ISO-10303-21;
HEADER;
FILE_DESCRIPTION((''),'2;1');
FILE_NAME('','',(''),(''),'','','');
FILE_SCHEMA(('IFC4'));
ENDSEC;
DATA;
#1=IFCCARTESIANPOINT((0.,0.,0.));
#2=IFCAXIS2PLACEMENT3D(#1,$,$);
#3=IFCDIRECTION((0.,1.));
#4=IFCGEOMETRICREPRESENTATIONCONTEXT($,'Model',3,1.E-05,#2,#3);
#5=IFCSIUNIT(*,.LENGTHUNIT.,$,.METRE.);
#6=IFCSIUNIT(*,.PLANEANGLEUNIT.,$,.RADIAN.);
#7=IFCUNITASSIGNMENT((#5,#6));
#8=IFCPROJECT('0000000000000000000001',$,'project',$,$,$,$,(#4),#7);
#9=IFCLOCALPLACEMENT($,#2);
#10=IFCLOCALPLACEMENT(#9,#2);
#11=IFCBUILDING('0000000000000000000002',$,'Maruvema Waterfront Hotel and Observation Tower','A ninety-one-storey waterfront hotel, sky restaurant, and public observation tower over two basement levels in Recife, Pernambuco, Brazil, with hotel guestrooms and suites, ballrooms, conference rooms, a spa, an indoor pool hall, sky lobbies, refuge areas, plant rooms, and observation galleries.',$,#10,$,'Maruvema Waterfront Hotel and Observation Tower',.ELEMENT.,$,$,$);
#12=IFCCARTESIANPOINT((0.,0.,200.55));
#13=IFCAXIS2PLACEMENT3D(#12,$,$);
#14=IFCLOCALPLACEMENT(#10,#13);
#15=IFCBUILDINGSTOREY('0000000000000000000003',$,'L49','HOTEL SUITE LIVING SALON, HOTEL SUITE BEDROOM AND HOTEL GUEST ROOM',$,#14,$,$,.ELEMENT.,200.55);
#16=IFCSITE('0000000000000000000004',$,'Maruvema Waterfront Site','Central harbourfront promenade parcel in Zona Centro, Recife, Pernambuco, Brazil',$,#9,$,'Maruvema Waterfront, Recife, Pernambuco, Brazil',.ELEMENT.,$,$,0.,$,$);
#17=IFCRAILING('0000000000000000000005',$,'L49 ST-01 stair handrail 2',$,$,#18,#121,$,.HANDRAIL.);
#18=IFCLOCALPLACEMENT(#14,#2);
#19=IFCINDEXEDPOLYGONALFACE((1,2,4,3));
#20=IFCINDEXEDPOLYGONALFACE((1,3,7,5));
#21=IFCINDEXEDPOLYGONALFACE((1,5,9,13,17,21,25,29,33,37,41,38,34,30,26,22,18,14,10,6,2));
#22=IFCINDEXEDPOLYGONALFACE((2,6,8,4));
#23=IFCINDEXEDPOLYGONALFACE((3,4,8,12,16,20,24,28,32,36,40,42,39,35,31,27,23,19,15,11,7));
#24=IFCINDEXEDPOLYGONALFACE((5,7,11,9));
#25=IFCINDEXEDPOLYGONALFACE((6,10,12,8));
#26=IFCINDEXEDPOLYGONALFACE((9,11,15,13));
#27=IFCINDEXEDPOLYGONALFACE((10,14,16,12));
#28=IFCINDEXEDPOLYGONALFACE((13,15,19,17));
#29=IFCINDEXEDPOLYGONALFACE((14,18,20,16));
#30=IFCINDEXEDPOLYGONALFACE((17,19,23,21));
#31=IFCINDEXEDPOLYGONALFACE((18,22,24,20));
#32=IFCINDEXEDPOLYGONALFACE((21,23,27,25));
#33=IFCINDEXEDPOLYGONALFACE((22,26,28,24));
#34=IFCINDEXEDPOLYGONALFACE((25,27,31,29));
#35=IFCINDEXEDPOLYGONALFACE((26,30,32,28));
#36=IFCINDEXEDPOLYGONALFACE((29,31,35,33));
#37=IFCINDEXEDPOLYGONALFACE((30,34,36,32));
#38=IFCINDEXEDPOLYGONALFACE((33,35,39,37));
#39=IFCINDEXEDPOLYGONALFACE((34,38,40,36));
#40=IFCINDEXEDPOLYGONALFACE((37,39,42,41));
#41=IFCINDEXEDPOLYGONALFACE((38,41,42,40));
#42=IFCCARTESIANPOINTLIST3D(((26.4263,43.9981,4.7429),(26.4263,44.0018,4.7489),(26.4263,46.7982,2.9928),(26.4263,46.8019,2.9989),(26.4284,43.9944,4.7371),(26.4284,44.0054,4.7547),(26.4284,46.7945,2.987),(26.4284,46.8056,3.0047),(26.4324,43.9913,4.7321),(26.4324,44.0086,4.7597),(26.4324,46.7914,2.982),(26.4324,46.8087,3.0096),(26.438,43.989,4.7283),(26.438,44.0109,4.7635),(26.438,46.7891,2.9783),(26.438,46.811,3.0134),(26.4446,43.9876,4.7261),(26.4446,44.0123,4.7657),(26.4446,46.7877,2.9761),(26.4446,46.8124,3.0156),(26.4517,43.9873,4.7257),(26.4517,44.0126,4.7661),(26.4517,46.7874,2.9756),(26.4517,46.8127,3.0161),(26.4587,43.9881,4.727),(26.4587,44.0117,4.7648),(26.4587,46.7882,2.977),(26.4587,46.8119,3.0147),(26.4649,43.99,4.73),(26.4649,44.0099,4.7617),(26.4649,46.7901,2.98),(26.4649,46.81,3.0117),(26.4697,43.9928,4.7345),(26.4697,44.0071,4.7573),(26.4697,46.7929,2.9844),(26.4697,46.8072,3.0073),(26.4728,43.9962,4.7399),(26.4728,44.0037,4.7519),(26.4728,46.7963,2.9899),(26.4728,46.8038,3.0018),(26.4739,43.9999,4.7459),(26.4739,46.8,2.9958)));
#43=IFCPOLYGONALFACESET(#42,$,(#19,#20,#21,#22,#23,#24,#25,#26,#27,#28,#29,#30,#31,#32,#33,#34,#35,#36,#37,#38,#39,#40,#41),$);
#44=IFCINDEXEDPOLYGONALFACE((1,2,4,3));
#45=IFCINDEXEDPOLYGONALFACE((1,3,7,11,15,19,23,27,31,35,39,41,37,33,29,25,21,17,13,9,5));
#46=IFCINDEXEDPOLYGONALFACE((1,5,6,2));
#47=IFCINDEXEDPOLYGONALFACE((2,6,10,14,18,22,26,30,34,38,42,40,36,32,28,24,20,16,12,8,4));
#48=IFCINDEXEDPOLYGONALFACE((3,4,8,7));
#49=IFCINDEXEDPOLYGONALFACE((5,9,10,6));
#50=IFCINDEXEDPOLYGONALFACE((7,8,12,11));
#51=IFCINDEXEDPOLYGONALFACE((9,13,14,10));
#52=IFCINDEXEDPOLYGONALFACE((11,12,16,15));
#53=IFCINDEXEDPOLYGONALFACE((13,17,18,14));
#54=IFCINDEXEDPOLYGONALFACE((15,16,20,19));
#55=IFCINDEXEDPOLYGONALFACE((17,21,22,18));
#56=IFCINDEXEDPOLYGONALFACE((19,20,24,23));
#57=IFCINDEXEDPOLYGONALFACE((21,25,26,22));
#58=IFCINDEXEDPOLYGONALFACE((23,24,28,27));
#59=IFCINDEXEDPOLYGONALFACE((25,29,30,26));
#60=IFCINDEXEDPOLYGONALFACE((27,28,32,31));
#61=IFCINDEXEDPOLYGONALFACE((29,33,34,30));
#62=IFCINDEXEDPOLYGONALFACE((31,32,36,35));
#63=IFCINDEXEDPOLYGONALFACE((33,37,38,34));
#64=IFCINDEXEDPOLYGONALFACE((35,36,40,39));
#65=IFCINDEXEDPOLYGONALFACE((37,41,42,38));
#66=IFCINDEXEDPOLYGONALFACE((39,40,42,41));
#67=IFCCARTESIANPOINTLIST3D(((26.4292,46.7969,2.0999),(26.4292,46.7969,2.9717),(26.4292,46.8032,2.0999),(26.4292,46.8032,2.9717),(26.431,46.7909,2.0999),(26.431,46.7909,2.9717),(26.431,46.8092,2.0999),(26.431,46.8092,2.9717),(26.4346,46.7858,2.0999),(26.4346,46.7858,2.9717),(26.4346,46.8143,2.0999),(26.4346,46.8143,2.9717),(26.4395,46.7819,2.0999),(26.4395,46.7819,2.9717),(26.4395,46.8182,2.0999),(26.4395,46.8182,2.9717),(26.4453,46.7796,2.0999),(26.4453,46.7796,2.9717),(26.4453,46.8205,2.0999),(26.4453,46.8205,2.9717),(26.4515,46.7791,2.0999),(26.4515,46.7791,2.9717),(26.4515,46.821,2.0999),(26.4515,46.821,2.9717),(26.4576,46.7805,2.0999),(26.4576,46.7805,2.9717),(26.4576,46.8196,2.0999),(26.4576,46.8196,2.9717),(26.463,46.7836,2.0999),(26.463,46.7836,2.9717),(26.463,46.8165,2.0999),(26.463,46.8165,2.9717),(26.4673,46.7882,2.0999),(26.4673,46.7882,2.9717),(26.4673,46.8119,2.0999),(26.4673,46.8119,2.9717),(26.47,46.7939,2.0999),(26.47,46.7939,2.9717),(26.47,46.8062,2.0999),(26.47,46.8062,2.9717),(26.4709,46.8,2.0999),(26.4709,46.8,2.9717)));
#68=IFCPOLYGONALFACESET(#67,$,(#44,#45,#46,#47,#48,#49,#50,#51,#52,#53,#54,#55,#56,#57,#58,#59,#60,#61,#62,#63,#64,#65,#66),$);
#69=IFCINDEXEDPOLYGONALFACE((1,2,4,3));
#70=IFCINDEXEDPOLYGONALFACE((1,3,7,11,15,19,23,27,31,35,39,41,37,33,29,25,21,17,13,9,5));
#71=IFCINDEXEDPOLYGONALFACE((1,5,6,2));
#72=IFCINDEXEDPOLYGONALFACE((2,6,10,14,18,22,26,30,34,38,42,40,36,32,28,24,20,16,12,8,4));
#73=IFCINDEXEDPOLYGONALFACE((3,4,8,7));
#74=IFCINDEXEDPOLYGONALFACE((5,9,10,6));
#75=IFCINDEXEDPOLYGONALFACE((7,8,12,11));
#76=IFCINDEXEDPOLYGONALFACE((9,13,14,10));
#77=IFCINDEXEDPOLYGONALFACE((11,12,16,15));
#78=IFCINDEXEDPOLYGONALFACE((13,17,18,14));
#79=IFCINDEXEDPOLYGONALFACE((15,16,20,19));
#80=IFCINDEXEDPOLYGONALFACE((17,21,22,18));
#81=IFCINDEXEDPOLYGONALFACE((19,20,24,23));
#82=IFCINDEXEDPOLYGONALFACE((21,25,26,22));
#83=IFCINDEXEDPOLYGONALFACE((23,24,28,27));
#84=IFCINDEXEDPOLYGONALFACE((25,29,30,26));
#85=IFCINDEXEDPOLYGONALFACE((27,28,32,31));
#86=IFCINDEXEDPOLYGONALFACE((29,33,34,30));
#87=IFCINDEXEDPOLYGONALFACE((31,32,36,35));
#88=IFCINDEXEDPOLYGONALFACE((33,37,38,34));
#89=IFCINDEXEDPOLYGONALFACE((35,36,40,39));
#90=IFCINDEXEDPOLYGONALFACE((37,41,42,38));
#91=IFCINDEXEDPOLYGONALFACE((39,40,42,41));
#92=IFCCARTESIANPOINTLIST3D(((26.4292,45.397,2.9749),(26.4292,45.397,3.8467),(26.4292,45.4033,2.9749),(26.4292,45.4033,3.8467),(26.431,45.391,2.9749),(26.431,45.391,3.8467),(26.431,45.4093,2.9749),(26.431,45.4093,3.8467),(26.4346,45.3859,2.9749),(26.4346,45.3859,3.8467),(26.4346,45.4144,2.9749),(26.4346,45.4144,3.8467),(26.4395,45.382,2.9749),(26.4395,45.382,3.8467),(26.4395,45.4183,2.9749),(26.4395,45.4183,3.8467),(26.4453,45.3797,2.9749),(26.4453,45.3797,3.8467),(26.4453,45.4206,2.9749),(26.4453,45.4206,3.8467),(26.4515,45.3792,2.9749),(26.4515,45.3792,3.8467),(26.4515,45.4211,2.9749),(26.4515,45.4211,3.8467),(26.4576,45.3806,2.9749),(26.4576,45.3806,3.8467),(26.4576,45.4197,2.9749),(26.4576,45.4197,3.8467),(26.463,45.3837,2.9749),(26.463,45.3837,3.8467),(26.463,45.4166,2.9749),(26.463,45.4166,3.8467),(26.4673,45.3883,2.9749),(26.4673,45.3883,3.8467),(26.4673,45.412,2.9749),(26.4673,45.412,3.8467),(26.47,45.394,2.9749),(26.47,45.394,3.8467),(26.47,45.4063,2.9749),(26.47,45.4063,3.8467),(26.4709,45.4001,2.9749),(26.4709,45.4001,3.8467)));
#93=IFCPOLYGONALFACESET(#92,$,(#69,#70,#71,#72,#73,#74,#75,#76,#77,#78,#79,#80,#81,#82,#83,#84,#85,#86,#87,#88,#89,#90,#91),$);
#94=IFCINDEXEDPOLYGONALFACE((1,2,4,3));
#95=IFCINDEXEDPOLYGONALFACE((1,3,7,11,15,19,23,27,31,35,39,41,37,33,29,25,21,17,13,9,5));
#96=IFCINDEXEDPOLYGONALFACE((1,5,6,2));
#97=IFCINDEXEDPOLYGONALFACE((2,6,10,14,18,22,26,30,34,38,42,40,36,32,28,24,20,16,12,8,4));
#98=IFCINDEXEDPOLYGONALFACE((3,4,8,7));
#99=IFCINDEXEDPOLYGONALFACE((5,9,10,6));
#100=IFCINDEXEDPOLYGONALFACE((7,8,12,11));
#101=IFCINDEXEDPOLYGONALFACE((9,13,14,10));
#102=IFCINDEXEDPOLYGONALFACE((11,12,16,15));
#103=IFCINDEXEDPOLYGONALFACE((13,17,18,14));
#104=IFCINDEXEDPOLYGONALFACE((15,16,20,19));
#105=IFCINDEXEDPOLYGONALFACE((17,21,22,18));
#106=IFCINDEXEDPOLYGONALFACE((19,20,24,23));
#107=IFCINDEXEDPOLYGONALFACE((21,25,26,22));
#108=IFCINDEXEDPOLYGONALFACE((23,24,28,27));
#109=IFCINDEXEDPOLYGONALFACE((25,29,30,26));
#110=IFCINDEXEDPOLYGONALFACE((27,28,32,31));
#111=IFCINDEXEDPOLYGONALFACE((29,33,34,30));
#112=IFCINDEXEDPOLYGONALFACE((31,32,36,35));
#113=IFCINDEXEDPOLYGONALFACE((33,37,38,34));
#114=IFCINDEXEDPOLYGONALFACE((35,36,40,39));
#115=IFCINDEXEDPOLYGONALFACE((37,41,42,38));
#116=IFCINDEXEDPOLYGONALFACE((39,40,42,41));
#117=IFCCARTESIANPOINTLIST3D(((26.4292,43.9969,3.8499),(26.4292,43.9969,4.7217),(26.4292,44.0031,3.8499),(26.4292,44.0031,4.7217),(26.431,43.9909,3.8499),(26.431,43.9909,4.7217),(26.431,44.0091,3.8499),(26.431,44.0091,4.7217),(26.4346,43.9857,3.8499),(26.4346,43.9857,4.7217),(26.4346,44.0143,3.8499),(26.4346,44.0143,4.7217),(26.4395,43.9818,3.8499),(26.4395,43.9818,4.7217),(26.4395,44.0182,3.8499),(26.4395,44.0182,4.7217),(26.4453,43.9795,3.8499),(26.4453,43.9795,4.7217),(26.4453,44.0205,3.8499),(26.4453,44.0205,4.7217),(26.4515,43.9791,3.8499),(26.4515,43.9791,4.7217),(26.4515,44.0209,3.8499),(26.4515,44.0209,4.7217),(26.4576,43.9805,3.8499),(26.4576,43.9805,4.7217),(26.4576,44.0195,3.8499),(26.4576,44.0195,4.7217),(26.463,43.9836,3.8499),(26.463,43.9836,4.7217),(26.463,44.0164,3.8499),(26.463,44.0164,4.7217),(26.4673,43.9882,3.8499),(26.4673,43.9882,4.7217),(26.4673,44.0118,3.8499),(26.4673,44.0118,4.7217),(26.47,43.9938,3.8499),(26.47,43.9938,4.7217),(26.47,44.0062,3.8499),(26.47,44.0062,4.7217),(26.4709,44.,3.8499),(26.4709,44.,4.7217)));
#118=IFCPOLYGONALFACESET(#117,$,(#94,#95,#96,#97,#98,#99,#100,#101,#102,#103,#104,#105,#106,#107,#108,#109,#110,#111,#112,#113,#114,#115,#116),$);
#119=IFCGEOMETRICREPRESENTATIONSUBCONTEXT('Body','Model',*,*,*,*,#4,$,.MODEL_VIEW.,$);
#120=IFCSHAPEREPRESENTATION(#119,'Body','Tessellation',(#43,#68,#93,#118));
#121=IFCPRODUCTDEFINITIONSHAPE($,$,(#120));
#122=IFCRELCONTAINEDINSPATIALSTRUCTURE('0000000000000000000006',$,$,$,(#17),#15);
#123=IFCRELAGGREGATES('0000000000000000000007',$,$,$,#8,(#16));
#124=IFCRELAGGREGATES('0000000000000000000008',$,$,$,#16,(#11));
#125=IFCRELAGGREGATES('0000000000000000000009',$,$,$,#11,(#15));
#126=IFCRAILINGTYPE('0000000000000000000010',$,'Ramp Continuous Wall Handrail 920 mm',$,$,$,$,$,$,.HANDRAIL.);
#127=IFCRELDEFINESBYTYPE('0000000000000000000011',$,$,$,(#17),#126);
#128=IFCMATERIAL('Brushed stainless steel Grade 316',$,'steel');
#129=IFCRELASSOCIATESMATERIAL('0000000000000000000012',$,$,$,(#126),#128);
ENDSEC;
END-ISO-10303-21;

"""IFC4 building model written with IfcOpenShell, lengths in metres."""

from ifc_helpers import new_model, si_unit, direction, frame, origin, origin_2d, place, context, subcontext, project, spatial, circle, extrude, material, type_object, element, save


model = new_model("IFC4")

# Units and contexts
model_context = context("Model", 3, precision=1e-05, world=origin(), true_north=direction((0.0, 1.0)))
body_context = subcontext(model_context, "Body", "Model", "MODEL_VIEW")
ifc_project = project(units=[si_unit("LENGTHUNIT", "METRE"), si_unit("PLANEANGLEUNIT", "RADIAN")], contexts=[model_context])

# Site, building, storey
site_placement = place(None, origin())
site = spatial("IfcSite", under=ifc_project, at=site_placement, Name="Maruvema Waterfront Site", Description="Central harbourfront promenade parcel in Zona Centro, Recife, Pernambuco, Brazil", LongName="Maruvema Waterfront, Recife, Pernambuco, Brazil", CompositionType="ELEMENT", RefElevation=0.0)
building_placement = place(site_placement, origin())
building = spatial("IfcBuilding", under=site, at=building_placement, Name="Maruvema Waterfront Hotel and Observation Tower", Description="A ninety-one-storey waterfront hotel, sky restaurant, and public observation tower over two basement levels in Recife, Pernambuco, Brazil, with hotel guestrooms and suites, ballrooms, conference rooms, a spa, an indoor pool hall, sky lobbies, refuge areas, plant rooms, and observation galleries.", LongName="Maruvema Waterfront Hotel and Observation Tower", CompositionType="ELEMENT")
storey_placement = place(building_placement, frame((0.0, 0.0, 200.55)))
storey = spatial("IfcBuildingStorey", under=building, at=storey_placement, Name="L49", Description="HOTEL SUITE LIVING SALON, HOTEL SUITE BEDROOM AND HOTEL GUEST ROOM", CompositionType="ELEMENT", Elevation=200.55)

# Railing
ifc_material_1 = material(Name="Brushed stainless steel Grade 316", Category="steel")
railing_type_1 = type_object("IfcRailingType", Name="Ramp Continuous Wall Handrail 920 mm", PredefinedType="HANDRAIL", material=ifc_material_1)
railing_1_placement = place(storey_placement, frame((26.45, 46.8, 2.0999)))
element("IfcRailing", 1, at=railing_1_placement, inside=storey, type_object=railing_type_1, Name="L49 ST-01 stair handrail 2", PredefinedType="HANDRAIL", context=body_context, shape_type="SweptSolid", body=[
    extrude(circle(Radius=0.0239, at=origin_2d()), frame((0.0, 0.0, 0.896), z_axis=(0.0, -0.848002, 0.529992), x_axis=(1.0, 0.0, 0.0)), (0.0, 0.0, 1.0), 3.302),
    extrude(circle(Radius=0.021, at=origin_2d()), origin(), (0.0, 0.0, 1.0), 0.8718),
    extrude(circle(Radius=0.021, at=origin_2d()), frame((0.0, -1.3999, 0.875)), (0.0, 0.0, 1.0), 0.8718),
    extrude(circle(Radius=0.021, at=origin_2d()), frame((0.0, -2.8, 1.75)), (0.0, 0.0, 1.0), 0.8718),
])

save(model, "model.ifc")
